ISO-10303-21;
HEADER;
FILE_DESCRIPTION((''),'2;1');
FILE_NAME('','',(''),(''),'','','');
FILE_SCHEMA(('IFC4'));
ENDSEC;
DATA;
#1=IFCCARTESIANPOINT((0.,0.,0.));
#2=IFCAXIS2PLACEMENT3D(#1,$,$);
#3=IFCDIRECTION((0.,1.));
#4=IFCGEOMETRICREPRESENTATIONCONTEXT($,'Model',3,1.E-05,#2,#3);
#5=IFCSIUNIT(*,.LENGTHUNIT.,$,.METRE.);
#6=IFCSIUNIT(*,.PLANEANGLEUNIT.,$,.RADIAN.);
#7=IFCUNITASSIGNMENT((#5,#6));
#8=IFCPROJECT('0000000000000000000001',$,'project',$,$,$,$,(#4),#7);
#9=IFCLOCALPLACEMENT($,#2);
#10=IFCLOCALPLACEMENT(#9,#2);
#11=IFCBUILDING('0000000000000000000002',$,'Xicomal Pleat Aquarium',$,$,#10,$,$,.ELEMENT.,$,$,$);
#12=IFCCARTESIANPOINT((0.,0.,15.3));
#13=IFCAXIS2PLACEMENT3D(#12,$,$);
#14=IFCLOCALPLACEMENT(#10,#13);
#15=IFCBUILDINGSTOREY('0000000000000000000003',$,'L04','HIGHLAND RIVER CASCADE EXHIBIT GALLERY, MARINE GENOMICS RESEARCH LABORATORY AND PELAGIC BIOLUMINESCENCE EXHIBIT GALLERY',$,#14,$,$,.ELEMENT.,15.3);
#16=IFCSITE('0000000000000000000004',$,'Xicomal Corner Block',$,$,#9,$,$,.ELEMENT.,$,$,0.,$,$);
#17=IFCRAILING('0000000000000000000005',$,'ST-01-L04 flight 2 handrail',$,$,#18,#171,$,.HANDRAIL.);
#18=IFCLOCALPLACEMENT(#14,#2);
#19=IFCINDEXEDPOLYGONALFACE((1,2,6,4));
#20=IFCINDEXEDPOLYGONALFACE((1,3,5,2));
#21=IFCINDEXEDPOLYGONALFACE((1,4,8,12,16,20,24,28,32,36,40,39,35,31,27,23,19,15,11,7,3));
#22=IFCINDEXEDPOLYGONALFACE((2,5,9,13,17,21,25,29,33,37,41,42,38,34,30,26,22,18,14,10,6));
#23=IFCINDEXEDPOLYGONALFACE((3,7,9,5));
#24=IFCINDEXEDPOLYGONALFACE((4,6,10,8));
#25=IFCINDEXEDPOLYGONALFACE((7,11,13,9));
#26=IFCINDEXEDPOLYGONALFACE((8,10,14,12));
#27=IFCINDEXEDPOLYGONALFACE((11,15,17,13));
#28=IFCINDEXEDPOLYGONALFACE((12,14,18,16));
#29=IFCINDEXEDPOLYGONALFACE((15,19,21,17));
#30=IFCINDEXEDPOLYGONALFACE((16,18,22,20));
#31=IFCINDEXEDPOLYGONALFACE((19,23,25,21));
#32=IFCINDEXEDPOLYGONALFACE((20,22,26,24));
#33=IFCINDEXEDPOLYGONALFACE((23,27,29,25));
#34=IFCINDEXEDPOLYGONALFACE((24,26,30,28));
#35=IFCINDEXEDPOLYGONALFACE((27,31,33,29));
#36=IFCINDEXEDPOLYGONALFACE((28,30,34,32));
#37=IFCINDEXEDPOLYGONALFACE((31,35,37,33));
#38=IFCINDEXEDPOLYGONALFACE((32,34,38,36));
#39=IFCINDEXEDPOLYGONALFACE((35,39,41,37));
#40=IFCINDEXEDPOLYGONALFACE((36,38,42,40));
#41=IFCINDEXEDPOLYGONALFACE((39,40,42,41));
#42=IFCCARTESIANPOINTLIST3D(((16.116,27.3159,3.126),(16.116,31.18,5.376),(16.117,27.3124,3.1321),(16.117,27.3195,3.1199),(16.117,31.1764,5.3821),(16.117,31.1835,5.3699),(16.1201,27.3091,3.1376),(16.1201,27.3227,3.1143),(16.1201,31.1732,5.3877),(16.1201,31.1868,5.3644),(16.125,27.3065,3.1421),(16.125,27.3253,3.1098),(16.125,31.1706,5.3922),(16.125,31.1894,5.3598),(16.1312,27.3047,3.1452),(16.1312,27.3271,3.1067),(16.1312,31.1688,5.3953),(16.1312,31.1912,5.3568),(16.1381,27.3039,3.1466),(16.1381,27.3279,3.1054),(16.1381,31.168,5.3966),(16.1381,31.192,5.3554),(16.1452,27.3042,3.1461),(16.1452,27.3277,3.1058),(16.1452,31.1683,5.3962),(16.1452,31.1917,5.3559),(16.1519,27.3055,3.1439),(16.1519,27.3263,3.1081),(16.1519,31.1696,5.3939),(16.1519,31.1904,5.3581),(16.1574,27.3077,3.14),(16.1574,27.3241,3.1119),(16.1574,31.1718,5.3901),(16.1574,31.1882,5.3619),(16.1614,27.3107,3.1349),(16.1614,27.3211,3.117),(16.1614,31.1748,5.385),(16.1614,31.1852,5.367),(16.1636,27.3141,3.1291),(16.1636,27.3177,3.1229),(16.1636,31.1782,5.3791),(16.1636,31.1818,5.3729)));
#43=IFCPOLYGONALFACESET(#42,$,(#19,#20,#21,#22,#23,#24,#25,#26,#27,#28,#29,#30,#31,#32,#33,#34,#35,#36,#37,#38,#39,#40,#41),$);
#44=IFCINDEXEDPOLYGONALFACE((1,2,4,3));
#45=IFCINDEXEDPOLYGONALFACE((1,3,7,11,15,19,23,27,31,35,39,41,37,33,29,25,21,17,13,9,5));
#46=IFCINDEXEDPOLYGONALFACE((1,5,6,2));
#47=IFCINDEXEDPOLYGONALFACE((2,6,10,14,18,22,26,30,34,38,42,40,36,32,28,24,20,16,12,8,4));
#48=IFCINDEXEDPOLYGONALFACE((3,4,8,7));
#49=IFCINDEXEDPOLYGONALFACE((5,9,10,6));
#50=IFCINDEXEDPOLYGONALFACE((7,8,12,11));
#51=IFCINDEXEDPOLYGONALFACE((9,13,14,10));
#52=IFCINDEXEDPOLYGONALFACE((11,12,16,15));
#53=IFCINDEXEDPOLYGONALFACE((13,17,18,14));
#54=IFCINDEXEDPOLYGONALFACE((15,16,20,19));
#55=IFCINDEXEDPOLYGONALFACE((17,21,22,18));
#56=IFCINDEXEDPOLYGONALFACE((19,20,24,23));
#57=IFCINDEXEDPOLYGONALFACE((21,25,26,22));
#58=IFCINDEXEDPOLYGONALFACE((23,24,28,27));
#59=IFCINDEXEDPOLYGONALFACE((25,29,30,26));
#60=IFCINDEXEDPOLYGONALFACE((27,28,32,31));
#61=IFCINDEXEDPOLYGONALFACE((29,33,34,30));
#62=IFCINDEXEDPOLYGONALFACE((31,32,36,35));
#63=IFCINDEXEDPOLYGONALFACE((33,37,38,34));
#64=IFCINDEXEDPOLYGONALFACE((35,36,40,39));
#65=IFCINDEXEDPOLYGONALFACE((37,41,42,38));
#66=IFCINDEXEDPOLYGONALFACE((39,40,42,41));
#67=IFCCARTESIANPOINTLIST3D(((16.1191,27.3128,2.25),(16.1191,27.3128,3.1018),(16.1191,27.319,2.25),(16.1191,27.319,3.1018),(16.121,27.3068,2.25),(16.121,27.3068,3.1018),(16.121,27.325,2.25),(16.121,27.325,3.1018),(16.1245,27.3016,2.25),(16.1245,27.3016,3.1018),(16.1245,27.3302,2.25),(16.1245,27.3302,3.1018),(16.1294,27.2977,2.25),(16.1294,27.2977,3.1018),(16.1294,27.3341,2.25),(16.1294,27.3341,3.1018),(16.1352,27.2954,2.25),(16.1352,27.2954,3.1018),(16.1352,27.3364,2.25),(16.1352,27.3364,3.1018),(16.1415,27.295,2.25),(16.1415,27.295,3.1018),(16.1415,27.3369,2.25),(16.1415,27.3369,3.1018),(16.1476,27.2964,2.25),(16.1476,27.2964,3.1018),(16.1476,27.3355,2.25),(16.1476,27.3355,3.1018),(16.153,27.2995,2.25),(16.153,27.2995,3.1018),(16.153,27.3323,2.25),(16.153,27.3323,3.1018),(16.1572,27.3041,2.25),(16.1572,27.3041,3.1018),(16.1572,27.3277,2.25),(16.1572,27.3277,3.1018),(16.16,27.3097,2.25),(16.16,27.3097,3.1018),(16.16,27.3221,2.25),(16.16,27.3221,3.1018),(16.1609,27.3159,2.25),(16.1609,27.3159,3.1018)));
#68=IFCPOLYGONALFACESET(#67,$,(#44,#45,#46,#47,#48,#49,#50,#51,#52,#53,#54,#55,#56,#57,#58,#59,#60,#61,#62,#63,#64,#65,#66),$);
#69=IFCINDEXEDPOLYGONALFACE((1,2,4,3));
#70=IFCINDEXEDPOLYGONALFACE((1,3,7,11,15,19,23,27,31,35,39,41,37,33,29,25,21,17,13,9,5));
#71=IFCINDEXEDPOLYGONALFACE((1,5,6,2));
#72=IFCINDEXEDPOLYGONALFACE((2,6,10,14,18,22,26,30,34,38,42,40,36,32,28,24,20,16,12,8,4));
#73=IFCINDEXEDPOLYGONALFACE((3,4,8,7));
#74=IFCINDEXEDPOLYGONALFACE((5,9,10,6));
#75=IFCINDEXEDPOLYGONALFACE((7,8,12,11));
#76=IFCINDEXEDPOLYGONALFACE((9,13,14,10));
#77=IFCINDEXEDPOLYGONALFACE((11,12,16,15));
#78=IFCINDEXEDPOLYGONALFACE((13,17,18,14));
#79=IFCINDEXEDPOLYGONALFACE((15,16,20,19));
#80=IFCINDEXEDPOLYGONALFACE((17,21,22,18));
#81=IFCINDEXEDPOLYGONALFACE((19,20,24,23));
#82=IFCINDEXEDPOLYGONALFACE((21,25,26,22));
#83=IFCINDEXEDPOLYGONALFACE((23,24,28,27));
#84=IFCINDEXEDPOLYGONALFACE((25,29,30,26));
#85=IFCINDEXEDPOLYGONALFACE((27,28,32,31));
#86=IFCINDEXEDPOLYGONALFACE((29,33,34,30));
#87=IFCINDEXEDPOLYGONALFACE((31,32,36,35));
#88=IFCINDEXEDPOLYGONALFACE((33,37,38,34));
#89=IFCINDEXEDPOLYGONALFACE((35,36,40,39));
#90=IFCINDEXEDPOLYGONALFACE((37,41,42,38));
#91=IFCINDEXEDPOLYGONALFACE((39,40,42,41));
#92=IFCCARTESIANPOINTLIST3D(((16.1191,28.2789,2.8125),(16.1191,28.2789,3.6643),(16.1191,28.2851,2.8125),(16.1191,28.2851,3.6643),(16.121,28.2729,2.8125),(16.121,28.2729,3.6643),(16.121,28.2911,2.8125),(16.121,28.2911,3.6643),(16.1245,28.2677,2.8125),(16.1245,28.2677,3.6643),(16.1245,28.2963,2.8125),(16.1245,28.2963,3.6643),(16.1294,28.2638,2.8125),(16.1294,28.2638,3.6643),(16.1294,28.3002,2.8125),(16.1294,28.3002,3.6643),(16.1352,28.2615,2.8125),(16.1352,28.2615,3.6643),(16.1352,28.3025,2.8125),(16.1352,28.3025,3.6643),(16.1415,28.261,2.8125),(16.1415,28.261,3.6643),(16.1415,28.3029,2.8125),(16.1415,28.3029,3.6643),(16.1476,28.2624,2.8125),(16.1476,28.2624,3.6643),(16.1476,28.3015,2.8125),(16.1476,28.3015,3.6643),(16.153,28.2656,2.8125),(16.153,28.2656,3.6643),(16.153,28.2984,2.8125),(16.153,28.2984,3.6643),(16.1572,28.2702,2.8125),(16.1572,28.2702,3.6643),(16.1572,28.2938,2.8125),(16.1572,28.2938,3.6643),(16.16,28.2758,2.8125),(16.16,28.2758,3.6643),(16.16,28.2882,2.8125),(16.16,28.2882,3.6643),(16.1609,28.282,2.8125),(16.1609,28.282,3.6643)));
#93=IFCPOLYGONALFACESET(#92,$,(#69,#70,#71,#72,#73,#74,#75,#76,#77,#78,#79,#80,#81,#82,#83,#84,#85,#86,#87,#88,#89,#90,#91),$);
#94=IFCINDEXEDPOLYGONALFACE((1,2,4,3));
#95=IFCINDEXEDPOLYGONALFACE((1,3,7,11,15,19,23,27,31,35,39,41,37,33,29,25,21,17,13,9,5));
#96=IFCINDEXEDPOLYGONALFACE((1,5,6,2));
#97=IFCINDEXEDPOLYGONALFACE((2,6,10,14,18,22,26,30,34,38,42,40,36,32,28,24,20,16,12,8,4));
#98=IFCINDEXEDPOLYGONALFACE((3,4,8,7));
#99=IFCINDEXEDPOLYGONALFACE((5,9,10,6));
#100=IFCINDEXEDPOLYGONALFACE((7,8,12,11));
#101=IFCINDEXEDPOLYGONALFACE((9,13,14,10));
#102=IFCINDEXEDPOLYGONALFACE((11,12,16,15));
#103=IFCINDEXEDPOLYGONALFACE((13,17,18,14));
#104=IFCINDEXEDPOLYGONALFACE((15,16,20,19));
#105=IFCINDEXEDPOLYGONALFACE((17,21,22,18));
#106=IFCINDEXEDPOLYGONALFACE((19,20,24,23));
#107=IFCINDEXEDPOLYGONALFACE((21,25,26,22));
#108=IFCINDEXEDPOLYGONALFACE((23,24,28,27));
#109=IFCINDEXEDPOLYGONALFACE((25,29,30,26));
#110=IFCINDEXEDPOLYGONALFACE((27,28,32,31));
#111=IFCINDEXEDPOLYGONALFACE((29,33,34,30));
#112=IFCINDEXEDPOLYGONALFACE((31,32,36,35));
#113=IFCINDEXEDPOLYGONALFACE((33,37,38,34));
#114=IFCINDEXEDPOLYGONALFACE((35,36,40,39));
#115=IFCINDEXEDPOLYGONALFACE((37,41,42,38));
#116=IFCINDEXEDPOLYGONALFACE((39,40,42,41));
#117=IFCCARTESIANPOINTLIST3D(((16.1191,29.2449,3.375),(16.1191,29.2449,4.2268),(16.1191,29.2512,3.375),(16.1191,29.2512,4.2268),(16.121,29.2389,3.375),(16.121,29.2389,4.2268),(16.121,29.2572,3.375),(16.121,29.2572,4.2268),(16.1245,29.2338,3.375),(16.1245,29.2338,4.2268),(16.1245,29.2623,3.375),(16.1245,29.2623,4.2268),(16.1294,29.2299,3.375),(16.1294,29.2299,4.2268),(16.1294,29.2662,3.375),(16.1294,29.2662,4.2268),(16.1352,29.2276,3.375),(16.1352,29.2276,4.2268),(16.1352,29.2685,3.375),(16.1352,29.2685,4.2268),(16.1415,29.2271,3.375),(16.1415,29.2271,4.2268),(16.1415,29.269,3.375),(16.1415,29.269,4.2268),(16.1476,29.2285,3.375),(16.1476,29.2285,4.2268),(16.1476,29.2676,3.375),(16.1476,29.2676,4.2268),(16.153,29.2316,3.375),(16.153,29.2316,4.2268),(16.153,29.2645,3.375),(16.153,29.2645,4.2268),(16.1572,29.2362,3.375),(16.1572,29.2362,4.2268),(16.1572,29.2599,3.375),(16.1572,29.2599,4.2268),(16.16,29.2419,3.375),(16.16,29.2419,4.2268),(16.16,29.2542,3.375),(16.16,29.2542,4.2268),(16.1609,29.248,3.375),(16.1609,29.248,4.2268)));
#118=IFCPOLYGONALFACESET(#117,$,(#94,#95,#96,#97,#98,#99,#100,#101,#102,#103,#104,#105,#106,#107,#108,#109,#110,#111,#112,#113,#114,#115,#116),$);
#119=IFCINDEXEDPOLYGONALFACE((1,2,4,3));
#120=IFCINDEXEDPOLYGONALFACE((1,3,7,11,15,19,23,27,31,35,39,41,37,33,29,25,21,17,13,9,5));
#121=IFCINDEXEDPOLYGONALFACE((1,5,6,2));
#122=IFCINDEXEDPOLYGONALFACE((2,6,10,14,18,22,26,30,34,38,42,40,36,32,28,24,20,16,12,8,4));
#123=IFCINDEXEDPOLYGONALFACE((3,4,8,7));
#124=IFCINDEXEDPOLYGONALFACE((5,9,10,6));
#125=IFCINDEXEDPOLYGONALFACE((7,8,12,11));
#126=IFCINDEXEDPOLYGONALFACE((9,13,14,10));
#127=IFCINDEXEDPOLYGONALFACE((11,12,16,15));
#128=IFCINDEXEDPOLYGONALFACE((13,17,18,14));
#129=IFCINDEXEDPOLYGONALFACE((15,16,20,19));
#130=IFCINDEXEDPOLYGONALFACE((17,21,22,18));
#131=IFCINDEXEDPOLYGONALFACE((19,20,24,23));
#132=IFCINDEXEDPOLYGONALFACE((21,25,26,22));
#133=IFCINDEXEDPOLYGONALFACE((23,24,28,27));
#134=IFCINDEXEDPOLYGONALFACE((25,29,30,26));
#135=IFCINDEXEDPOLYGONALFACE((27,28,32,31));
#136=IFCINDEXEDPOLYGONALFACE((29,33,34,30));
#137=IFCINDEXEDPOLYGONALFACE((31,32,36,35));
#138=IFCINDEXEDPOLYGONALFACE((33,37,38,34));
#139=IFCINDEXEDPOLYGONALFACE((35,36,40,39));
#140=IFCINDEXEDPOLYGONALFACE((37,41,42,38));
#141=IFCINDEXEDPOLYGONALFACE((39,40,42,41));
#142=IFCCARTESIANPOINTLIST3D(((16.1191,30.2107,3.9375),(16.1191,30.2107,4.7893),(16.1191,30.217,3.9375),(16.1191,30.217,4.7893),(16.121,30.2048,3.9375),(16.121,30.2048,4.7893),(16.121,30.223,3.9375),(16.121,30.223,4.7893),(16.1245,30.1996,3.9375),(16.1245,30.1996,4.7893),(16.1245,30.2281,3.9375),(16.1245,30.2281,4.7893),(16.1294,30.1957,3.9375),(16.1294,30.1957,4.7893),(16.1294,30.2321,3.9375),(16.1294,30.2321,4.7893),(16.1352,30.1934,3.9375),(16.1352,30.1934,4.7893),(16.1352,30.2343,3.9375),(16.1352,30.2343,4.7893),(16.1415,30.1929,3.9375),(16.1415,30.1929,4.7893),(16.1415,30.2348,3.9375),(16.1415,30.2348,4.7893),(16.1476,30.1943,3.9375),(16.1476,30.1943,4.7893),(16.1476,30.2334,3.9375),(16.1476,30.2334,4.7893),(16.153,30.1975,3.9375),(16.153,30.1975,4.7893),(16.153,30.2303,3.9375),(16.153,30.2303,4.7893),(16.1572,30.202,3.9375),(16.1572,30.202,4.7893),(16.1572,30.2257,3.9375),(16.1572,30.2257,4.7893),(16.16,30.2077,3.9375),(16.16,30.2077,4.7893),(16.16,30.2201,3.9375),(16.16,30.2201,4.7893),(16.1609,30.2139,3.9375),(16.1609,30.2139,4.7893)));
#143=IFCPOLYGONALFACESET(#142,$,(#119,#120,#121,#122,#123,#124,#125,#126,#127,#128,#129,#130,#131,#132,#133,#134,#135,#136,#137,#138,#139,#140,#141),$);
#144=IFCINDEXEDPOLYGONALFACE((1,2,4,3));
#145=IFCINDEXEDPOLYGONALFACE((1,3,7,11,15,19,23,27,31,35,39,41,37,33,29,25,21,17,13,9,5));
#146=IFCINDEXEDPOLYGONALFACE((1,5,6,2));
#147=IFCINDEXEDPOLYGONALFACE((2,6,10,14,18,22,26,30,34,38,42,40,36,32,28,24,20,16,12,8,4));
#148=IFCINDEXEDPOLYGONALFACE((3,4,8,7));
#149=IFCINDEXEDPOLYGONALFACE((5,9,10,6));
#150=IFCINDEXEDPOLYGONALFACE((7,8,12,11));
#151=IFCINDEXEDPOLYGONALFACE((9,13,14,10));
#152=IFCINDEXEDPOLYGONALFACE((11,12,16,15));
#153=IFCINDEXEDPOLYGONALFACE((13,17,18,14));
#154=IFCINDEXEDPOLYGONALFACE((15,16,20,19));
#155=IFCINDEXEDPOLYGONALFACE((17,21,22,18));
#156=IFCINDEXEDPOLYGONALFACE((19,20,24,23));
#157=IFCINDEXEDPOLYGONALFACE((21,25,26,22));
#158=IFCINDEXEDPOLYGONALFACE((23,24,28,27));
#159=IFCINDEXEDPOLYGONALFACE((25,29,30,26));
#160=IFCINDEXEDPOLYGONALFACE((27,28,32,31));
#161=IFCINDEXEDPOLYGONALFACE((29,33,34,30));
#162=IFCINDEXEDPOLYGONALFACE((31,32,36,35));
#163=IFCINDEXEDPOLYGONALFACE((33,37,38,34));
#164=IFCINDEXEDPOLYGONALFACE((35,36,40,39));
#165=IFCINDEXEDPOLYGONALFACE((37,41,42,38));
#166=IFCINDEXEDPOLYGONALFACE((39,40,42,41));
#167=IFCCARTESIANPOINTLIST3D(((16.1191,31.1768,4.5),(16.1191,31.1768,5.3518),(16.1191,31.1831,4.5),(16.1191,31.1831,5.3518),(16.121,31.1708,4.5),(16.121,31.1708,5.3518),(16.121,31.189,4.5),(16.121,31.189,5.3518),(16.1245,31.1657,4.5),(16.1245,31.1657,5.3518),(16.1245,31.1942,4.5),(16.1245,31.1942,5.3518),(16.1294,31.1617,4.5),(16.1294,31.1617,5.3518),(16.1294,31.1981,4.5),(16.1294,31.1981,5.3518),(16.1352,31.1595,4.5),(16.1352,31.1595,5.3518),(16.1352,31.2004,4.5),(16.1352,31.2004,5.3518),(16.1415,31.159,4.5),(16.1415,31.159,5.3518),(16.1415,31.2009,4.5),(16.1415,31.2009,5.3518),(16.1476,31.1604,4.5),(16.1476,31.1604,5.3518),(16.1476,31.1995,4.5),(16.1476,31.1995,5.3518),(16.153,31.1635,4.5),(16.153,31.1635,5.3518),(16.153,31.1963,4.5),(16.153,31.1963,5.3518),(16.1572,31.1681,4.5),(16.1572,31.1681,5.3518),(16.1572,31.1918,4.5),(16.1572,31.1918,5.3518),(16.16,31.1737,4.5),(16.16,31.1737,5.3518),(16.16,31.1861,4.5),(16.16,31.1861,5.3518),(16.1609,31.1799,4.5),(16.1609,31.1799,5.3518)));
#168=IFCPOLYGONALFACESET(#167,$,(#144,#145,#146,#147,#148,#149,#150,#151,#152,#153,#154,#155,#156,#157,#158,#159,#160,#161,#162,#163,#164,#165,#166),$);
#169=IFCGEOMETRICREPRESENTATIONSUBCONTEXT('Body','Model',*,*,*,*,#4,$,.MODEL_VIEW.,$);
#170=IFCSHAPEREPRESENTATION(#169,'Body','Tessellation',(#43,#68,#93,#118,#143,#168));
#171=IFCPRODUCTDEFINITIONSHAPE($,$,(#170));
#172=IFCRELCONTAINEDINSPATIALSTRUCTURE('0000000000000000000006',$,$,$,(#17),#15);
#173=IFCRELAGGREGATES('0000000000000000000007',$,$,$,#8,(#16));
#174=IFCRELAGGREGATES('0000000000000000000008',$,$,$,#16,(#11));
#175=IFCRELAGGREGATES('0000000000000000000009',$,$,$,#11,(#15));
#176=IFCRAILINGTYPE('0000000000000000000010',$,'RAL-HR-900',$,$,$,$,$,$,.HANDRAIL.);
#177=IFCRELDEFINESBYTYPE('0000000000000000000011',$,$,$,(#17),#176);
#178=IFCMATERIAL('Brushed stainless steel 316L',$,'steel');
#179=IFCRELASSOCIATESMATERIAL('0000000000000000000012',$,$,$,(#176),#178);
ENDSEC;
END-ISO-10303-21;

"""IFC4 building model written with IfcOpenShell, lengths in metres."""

from ifc_helpers import new_model, si_unit, direction, frame, origin, origin_2d, place, context, subcontext, project, spatial, circle, extrude, material, type_object, element, save


model = new_model("IFC4")

# Units and contexts
model_context = context("Model", 3, precision=1e-05, world=origin(), true_north=direction((0.0, 1.0)))
body_context = subcontext(model_context, "Body", "Model", "MODEL_VIEW")
ifc_project = project(units=[si_unit("LENGTHUNIT", "METRE"), si_unit("PLANEANGLEUNIT", "RADIAN")], contexts=[model_context])

# Site, building, storey
site_placement = place(None, origin())
site = spatial("IfcSite", under=ifc_project, at=site_placement, Name="Xicomal Corner Block", CompositionType="ELEMENT", RefElevation=0.0)
building_placement = place(site_placement, origin())
building = spatial("IfcBuilding", under=site, at=building_placement, Name="Xicomal Pleat Aquarium", CompositionType="ELEMENT")
storey_placement = place(building_placement, frame((0.0, 0.0, 15.3)))
storey = spatial("IfcBuildingStorey", under=building, at=storey_placement, Name="L04", Description="HIGHLAND RIVER CASCADE EXHIBIT GALLERY, MARINE GENOMICS RESEARCH LABORATORY AND PELAGIC BIOLUMINESCENCE EXHIBIT GALLERY", CompositionType="ELEMENT", Elevation=15.3)

# Railing
ifc_material_1 = material(Name="Brushed stainless steel 316L", Category="steel")
railing_type_1 = type_object("IfcRailingType", Name="RAL-HR-900", PredefinedType="HANDRAIL", material=ifc_material_1)
railing_1_placement = place(storey_placement, frame((16.1399, 27.3159, 2.25)))
element("IfcRailing", 1, at=railing_1_placement, inside=storey, type_object=railing_type_1, Name="ST-01-L04 flight 2 handrail", PredefinedType="HANDRAIL", context=body_context, shape_type="SweptSolid", body=[
    extrude(circle(Radius=0.0239, at=origin_2d()), frame((0.0, 0.0, 0.876), z_axis=(0.0, 0.864169, 0.503202), x_axis=(-1.0, 0.0, 0.0)), (0.0, 0.0, 1.0), 4.4714),
    extrude(circle(Radius=0.021, at=origin_2d()), origin(), (0.0, 0.0, 1.0), 0.8518),
    extrude(circle(Radius=0.021, at=origin_2d()), frame((0.0, 0.9661, 0.5625)), (0.0, 0.0, 1.0), 0.8518),
    extrude(circle(Radius=0.021, at=origin_2d()), frame((0.0, 1.9321, 1.125)), (0.0, 0.0, 1.0), 0.8518),
    extrude(circle(Radius=0.021, at=origin_2d()), frame((0.0, 2.8979, 1.6875)), (0.0, 0.0, 1.0), 0.8518),
    extrude(circle(Radius=0.021, at=origin_2d()), frame((0.0, 3.864, 2.25)), (0.0, 0.0, 1.0), 0.8518),
])

save(model, "model.ifc")
